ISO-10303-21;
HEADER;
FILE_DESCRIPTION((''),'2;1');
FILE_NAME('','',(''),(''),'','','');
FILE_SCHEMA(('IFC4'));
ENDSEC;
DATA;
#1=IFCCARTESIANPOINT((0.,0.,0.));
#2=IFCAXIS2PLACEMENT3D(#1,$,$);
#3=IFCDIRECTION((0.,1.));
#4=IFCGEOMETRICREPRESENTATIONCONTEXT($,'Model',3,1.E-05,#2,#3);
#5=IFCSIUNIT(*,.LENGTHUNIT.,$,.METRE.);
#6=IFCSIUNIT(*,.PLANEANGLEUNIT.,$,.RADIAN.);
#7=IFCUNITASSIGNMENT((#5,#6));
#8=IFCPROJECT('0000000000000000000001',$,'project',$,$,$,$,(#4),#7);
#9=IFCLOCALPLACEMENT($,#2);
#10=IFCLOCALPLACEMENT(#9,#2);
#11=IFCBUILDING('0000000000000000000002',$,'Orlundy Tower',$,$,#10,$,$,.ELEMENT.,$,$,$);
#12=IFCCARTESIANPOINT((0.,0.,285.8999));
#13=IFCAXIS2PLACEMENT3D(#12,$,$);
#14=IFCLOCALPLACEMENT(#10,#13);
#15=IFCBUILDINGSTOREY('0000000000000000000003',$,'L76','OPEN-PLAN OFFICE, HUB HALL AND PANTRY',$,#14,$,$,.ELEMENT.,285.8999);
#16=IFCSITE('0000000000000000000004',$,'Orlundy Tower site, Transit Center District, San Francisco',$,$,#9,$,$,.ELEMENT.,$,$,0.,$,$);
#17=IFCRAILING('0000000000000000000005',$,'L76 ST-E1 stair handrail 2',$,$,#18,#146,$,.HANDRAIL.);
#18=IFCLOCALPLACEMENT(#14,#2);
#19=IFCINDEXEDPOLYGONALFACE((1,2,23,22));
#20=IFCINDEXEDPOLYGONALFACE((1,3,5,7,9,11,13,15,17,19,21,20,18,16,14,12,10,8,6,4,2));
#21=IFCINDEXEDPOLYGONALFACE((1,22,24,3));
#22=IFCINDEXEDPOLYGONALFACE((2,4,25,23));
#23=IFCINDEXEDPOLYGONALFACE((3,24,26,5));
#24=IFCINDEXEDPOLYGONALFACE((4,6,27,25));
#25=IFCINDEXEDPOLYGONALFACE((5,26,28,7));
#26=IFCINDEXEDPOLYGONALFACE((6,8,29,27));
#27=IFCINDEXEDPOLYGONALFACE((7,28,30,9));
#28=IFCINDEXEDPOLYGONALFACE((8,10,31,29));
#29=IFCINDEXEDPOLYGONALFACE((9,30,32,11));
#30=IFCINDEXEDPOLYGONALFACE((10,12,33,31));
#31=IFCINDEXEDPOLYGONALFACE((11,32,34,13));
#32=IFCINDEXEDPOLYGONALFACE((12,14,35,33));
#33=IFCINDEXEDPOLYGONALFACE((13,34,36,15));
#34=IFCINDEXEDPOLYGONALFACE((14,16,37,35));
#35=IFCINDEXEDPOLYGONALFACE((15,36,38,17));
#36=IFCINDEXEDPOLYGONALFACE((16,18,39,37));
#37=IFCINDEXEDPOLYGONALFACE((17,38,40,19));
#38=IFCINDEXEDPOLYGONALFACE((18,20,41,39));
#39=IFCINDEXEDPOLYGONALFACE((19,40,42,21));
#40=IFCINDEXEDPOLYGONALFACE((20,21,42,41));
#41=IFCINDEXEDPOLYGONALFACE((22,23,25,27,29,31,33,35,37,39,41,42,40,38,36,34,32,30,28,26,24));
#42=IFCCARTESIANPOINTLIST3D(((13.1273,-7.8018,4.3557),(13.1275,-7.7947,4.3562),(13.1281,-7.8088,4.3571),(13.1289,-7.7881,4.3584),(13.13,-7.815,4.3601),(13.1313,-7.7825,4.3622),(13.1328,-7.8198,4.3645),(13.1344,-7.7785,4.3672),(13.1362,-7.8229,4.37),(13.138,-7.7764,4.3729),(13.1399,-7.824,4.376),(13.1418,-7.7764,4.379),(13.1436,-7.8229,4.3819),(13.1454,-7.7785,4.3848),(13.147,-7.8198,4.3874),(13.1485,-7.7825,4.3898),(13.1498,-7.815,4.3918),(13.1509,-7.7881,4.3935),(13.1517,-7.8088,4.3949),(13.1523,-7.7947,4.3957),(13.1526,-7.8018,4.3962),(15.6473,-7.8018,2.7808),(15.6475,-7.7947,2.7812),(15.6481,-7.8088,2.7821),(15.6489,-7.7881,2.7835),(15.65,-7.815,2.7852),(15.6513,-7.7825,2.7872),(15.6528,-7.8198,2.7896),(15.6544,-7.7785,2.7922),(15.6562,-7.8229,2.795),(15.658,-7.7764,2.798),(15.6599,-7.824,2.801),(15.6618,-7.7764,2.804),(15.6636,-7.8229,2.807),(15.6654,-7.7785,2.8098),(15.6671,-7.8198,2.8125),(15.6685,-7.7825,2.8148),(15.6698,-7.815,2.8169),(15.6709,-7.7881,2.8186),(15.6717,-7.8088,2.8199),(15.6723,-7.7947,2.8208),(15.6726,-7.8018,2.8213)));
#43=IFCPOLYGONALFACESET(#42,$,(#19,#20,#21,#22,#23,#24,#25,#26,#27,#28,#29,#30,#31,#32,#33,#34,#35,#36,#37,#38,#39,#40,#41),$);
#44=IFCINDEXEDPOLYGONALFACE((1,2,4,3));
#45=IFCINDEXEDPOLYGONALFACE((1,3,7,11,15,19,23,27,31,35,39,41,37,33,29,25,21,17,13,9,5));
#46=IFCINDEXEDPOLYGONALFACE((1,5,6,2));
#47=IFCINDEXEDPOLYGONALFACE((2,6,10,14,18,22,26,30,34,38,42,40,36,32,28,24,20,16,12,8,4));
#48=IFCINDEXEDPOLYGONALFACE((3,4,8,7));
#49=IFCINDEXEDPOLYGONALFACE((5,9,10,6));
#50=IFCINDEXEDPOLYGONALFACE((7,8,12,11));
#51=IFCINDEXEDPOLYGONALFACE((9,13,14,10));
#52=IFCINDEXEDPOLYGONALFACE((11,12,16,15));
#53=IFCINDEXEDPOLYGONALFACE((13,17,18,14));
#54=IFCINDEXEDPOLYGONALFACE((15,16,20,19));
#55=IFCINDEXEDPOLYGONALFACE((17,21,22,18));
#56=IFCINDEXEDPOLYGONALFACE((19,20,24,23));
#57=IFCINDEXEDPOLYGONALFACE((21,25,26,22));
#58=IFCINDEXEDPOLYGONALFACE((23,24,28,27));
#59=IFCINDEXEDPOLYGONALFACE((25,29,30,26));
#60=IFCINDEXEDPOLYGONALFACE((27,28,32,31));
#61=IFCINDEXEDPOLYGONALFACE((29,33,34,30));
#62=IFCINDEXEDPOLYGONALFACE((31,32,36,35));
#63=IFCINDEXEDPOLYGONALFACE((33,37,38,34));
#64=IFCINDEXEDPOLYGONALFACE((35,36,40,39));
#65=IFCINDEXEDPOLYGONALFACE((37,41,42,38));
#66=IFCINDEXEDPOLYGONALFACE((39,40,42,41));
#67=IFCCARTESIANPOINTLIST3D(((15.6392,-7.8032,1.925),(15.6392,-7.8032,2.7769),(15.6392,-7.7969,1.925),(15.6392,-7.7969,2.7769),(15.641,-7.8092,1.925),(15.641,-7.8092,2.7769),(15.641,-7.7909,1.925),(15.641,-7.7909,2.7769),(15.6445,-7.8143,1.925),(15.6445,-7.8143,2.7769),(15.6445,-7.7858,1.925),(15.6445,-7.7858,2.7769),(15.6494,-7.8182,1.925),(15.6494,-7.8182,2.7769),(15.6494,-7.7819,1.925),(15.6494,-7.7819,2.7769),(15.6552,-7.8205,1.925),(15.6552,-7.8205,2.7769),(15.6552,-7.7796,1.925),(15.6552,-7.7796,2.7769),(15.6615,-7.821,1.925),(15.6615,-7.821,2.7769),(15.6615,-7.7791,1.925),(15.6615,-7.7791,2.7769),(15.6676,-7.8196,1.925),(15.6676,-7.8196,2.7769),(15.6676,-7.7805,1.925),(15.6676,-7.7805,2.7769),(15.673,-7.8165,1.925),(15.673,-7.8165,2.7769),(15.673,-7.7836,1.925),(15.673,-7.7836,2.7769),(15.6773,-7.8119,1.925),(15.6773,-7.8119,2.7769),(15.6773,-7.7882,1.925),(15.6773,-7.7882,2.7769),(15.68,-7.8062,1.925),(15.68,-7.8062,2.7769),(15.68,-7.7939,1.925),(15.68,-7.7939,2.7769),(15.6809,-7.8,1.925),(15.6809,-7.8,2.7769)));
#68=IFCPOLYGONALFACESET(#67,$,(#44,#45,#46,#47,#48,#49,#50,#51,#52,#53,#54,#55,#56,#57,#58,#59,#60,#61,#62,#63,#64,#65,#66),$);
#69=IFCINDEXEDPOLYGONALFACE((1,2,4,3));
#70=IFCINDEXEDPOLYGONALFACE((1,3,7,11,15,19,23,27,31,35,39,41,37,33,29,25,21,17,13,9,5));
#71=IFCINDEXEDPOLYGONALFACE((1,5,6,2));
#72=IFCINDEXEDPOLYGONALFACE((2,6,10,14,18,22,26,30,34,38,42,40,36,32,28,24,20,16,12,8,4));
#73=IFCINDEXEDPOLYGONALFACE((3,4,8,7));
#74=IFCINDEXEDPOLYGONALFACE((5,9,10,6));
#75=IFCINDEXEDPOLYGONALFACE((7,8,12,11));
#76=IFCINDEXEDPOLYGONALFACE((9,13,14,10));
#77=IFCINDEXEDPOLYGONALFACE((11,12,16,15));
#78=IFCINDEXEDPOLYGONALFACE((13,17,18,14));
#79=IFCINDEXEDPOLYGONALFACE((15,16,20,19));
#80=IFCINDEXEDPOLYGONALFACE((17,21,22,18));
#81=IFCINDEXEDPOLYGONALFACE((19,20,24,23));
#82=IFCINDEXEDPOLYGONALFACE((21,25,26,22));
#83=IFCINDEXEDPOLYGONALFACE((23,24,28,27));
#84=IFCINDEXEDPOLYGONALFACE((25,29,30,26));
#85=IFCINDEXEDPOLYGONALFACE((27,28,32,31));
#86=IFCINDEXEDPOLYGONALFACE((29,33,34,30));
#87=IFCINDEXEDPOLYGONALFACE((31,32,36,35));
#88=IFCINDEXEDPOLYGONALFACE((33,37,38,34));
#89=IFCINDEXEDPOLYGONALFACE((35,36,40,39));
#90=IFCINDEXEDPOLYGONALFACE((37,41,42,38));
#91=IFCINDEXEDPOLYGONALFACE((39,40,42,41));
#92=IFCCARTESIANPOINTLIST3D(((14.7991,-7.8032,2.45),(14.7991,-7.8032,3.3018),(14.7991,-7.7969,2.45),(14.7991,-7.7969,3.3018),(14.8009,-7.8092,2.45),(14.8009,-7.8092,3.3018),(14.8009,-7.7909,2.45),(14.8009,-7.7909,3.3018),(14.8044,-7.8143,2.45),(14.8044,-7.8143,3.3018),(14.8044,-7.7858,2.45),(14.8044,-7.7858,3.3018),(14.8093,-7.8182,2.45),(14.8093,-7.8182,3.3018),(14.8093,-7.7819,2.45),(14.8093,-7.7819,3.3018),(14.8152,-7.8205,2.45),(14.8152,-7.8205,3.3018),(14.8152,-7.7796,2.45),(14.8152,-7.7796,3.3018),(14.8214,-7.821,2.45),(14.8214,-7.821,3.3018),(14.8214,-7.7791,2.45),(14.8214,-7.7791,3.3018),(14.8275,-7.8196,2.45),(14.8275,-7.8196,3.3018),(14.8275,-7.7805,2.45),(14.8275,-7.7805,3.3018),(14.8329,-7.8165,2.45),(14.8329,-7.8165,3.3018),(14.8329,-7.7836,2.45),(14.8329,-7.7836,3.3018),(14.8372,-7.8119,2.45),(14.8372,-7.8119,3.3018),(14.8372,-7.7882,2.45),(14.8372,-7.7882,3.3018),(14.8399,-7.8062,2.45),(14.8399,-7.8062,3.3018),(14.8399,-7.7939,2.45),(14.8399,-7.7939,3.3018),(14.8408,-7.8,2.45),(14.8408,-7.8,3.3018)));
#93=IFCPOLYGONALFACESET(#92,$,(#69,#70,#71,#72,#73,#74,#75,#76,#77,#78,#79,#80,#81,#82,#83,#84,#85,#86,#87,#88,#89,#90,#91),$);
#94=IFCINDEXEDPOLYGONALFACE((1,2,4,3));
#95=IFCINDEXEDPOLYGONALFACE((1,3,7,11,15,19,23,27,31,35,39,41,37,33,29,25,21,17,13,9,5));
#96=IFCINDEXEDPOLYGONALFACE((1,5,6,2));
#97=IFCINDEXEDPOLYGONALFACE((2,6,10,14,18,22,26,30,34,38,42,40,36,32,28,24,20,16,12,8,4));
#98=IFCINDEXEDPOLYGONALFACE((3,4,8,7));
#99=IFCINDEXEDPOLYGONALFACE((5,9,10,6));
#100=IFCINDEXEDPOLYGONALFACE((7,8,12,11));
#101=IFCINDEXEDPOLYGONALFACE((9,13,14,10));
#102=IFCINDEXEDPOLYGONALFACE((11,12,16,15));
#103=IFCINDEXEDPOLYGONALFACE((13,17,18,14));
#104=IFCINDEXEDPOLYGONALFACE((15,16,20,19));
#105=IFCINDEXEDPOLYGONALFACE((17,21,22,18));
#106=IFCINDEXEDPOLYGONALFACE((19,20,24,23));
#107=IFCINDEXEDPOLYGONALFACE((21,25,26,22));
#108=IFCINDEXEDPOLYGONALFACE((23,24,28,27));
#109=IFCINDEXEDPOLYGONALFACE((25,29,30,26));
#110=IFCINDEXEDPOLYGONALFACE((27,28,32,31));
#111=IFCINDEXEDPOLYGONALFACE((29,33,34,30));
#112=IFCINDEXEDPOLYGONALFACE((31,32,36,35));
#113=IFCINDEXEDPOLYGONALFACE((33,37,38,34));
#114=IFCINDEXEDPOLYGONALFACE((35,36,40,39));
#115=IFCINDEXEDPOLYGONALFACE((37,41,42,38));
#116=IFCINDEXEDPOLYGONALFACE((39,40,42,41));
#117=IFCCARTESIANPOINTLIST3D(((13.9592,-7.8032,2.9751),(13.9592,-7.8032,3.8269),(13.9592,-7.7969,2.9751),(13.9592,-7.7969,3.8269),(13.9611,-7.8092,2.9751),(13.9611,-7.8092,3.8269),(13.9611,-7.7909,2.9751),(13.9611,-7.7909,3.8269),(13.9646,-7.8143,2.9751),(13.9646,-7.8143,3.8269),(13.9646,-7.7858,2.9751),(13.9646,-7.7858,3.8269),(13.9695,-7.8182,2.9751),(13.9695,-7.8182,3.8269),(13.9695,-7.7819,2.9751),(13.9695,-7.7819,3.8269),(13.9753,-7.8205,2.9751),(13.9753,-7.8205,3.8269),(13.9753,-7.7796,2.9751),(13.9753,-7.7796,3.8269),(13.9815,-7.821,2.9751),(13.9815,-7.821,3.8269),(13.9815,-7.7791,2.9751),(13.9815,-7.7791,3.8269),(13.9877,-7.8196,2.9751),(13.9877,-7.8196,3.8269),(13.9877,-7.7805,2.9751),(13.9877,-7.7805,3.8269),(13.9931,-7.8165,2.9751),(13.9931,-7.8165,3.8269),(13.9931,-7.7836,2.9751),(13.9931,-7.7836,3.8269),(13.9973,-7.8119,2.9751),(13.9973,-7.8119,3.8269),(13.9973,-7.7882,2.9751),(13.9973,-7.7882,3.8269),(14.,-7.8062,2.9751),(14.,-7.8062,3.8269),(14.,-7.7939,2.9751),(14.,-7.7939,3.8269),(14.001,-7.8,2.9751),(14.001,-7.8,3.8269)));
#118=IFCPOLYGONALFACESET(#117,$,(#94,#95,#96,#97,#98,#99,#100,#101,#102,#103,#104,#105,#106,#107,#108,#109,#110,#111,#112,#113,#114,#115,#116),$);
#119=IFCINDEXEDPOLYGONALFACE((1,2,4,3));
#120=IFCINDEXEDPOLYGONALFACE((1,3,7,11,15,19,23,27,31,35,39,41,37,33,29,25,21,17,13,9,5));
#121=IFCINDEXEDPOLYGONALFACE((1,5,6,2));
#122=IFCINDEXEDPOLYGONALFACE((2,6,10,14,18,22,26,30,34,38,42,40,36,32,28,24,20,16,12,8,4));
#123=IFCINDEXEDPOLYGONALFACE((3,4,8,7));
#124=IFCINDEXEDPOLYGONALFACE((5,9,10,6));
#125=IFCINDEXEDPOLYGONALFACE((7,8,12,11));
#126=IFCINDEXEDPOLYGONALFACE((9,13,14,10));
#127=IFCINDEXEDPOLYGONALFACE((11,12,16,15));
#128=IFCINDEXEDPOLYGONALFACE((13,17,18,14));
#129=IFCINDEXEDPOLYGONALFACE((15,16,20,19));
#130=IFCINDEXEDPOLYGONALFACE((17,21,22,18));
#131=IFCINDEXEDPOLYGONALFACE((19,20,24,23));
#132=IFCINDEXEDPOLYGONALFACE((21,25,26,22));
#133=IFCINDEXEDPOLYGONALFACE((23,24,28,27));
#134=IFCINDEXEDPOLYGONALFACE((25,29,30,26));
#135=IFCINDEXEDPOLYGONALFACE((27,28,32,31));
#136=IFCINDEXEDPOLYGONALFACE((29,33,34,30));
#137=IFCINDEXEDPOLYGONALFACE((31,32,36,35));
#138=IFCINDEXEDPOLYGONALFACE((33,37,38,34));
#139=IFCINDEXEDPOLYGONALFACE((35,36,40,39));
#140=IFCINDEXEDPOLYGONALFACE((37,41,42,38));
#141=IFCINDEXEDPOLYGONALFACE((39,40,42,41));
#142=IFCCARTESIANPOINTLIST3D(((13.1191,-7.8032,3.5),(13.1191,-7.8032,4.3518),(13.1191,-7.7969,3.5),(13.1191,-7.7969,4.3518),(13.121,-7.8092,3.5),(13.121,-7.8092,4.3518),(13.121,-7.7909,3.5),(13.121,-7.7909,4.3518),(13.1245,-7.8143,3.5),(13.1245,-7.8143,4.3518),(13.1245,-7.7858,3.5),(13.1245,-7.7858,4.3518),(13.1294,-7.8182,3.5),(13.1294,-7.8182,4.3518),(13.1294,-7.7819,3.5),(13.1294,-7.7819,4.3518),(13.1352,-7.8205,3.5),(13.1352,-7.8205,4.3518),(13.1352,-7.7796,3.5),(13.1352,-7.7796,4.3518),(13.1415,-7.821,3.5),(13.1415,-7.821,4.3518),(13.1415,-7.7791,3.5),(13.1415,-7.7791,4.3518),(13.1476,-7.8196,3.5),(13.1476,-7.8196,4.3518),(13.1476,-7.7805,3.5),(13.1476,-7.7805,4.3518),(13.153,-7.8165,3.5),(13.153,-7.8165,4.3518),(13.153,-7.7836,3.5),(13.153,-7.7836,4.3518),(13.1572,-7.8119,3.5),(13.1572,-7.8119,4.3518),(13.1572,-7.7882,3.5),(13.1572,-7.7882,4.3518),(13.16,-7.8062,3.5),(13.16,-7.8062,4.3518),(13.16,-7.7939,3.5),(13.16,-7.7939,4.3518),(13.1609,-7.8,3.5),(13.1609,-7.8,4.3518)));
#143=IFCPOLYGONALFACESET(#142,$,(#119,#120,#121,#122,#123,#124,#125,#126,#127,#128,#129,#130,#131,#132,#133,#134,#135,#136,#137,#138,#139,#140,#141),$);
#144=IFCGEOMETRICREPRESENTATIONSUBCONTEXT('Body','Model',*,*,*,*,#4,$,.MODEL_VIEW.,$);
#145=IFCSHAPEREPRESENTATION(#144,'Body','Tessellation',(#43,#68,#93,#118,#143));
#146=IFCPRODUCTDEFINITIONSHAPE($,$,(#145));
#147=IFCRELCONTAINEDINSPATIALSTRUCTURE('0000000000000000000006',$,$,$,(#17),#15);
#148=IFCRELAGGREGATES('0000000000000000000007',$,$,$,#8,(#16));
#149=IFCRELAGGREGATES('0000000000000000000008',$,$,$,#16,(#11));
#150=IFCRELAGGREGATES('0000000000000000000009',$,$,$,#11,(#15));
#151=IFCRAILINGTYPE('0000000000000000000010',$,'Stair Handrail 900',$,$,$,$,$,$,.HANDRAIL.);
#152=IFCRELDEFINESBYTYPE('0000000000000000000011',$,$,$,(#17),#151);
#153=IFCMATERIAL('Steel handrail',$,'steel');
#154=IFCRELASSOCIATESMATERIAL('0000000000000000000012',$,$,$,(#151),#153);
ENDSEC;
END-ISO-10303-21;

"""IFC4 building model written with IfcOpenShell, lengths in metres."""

from ifc_helpers import new_model, si_unit, direction, frame, origin, origin_2d, place, context, subcontext, project, spatial, circle, extrude, material, type_object, element, save


model = new_model("IFC4")

# Units and contexts
model_context = context("Model", 3, precision=1e-05, world=origin(), true_north=direction((0.0, 1.0)))
body_context = subcontext(model_context, "Body", "Model", "MODEL_VIEW")
ifc_project = project(units=[si_unit("LENGTHUNIT", "METRE"), si_unit("PLANEANGLEUNIT", "RADIAN")], contexts=[model_context])

# Site, building, storey
site_placement = place(None, origin())
site = spatial("IfcSite", under=ifc_project, at=site_placement, Name="Orlundy Tower site, Transit Center District, San Francisco", CompositionType="ELEMENT", RefElevation=0.0)
building_placement = place(site_placement, origin())
building = spatial("IfcBuilding", under=site, at=building_placement, Name="Orlundy Tower", CompositionType="ELEMENT")
storey_placement = place(building_placement, frame((0.0, 0.0, 285.8999)))
storey = spatial("IfcBuildingStorey", under=building, at=storey_placement, Name="L76", Description="OPEN-PLAN OFFICE, HUB HALL AND PANTRY", CompositionType="ELEMENT", Elevation=285.8999)

# Railing
ifc_material_1 = material(Name="Steel handrail", Category="steel")
railing_type_1 = type_object("IfcRailingType", Name="Stair Handrail 900", PredefinedType="HANDRAIL", material=ifc_material_1)
railing_1_placement = place(storey_placement, frame((15.6599, -7.8, 1.925)))
element("IfcRailing", 1, at=railing_1_placement, inside=storey, type_object=railing_type_1, Name="L76 ST-E1 stair handrail 2", PredefinedType="HANDRAIL", context=body_context, shape_type="SweptSolid", body=[
    extrude(circle(Radius=0.0239, at=origin_2d()), frame((0.0, 0.0, 0.876), z_axis=(-0.848008, 0.0, 0.529984), x_axis=(0.0, -1.0, 0.0)), (0.0, 0.0, 1.0), 2.9717),
    extrude(circle(Radius=0.021, at=origin_2d()), origin(), (0.0, 0.0, 1.0), 0.8518),
    extrude(circle(Radius=0.021, at=origin_2d()), frame((-0.8401, 0.0, 0.5249)), (0.0, 0.0, 1.0), 0.8518),
    extrude(circle(Radius=0.021, at=origin_2d()), frame((-1.6799, 0.0, 1.05)), (0.0, 0.0, 1.0), 0.8518),
    extrude(circle(Radius=0.021, at=origin_2d()), frame((-2.52, 0.0, 1.575)), (0.0, 0.0, 1.0), 0.8518),
])

save(model, "model.ifc")
